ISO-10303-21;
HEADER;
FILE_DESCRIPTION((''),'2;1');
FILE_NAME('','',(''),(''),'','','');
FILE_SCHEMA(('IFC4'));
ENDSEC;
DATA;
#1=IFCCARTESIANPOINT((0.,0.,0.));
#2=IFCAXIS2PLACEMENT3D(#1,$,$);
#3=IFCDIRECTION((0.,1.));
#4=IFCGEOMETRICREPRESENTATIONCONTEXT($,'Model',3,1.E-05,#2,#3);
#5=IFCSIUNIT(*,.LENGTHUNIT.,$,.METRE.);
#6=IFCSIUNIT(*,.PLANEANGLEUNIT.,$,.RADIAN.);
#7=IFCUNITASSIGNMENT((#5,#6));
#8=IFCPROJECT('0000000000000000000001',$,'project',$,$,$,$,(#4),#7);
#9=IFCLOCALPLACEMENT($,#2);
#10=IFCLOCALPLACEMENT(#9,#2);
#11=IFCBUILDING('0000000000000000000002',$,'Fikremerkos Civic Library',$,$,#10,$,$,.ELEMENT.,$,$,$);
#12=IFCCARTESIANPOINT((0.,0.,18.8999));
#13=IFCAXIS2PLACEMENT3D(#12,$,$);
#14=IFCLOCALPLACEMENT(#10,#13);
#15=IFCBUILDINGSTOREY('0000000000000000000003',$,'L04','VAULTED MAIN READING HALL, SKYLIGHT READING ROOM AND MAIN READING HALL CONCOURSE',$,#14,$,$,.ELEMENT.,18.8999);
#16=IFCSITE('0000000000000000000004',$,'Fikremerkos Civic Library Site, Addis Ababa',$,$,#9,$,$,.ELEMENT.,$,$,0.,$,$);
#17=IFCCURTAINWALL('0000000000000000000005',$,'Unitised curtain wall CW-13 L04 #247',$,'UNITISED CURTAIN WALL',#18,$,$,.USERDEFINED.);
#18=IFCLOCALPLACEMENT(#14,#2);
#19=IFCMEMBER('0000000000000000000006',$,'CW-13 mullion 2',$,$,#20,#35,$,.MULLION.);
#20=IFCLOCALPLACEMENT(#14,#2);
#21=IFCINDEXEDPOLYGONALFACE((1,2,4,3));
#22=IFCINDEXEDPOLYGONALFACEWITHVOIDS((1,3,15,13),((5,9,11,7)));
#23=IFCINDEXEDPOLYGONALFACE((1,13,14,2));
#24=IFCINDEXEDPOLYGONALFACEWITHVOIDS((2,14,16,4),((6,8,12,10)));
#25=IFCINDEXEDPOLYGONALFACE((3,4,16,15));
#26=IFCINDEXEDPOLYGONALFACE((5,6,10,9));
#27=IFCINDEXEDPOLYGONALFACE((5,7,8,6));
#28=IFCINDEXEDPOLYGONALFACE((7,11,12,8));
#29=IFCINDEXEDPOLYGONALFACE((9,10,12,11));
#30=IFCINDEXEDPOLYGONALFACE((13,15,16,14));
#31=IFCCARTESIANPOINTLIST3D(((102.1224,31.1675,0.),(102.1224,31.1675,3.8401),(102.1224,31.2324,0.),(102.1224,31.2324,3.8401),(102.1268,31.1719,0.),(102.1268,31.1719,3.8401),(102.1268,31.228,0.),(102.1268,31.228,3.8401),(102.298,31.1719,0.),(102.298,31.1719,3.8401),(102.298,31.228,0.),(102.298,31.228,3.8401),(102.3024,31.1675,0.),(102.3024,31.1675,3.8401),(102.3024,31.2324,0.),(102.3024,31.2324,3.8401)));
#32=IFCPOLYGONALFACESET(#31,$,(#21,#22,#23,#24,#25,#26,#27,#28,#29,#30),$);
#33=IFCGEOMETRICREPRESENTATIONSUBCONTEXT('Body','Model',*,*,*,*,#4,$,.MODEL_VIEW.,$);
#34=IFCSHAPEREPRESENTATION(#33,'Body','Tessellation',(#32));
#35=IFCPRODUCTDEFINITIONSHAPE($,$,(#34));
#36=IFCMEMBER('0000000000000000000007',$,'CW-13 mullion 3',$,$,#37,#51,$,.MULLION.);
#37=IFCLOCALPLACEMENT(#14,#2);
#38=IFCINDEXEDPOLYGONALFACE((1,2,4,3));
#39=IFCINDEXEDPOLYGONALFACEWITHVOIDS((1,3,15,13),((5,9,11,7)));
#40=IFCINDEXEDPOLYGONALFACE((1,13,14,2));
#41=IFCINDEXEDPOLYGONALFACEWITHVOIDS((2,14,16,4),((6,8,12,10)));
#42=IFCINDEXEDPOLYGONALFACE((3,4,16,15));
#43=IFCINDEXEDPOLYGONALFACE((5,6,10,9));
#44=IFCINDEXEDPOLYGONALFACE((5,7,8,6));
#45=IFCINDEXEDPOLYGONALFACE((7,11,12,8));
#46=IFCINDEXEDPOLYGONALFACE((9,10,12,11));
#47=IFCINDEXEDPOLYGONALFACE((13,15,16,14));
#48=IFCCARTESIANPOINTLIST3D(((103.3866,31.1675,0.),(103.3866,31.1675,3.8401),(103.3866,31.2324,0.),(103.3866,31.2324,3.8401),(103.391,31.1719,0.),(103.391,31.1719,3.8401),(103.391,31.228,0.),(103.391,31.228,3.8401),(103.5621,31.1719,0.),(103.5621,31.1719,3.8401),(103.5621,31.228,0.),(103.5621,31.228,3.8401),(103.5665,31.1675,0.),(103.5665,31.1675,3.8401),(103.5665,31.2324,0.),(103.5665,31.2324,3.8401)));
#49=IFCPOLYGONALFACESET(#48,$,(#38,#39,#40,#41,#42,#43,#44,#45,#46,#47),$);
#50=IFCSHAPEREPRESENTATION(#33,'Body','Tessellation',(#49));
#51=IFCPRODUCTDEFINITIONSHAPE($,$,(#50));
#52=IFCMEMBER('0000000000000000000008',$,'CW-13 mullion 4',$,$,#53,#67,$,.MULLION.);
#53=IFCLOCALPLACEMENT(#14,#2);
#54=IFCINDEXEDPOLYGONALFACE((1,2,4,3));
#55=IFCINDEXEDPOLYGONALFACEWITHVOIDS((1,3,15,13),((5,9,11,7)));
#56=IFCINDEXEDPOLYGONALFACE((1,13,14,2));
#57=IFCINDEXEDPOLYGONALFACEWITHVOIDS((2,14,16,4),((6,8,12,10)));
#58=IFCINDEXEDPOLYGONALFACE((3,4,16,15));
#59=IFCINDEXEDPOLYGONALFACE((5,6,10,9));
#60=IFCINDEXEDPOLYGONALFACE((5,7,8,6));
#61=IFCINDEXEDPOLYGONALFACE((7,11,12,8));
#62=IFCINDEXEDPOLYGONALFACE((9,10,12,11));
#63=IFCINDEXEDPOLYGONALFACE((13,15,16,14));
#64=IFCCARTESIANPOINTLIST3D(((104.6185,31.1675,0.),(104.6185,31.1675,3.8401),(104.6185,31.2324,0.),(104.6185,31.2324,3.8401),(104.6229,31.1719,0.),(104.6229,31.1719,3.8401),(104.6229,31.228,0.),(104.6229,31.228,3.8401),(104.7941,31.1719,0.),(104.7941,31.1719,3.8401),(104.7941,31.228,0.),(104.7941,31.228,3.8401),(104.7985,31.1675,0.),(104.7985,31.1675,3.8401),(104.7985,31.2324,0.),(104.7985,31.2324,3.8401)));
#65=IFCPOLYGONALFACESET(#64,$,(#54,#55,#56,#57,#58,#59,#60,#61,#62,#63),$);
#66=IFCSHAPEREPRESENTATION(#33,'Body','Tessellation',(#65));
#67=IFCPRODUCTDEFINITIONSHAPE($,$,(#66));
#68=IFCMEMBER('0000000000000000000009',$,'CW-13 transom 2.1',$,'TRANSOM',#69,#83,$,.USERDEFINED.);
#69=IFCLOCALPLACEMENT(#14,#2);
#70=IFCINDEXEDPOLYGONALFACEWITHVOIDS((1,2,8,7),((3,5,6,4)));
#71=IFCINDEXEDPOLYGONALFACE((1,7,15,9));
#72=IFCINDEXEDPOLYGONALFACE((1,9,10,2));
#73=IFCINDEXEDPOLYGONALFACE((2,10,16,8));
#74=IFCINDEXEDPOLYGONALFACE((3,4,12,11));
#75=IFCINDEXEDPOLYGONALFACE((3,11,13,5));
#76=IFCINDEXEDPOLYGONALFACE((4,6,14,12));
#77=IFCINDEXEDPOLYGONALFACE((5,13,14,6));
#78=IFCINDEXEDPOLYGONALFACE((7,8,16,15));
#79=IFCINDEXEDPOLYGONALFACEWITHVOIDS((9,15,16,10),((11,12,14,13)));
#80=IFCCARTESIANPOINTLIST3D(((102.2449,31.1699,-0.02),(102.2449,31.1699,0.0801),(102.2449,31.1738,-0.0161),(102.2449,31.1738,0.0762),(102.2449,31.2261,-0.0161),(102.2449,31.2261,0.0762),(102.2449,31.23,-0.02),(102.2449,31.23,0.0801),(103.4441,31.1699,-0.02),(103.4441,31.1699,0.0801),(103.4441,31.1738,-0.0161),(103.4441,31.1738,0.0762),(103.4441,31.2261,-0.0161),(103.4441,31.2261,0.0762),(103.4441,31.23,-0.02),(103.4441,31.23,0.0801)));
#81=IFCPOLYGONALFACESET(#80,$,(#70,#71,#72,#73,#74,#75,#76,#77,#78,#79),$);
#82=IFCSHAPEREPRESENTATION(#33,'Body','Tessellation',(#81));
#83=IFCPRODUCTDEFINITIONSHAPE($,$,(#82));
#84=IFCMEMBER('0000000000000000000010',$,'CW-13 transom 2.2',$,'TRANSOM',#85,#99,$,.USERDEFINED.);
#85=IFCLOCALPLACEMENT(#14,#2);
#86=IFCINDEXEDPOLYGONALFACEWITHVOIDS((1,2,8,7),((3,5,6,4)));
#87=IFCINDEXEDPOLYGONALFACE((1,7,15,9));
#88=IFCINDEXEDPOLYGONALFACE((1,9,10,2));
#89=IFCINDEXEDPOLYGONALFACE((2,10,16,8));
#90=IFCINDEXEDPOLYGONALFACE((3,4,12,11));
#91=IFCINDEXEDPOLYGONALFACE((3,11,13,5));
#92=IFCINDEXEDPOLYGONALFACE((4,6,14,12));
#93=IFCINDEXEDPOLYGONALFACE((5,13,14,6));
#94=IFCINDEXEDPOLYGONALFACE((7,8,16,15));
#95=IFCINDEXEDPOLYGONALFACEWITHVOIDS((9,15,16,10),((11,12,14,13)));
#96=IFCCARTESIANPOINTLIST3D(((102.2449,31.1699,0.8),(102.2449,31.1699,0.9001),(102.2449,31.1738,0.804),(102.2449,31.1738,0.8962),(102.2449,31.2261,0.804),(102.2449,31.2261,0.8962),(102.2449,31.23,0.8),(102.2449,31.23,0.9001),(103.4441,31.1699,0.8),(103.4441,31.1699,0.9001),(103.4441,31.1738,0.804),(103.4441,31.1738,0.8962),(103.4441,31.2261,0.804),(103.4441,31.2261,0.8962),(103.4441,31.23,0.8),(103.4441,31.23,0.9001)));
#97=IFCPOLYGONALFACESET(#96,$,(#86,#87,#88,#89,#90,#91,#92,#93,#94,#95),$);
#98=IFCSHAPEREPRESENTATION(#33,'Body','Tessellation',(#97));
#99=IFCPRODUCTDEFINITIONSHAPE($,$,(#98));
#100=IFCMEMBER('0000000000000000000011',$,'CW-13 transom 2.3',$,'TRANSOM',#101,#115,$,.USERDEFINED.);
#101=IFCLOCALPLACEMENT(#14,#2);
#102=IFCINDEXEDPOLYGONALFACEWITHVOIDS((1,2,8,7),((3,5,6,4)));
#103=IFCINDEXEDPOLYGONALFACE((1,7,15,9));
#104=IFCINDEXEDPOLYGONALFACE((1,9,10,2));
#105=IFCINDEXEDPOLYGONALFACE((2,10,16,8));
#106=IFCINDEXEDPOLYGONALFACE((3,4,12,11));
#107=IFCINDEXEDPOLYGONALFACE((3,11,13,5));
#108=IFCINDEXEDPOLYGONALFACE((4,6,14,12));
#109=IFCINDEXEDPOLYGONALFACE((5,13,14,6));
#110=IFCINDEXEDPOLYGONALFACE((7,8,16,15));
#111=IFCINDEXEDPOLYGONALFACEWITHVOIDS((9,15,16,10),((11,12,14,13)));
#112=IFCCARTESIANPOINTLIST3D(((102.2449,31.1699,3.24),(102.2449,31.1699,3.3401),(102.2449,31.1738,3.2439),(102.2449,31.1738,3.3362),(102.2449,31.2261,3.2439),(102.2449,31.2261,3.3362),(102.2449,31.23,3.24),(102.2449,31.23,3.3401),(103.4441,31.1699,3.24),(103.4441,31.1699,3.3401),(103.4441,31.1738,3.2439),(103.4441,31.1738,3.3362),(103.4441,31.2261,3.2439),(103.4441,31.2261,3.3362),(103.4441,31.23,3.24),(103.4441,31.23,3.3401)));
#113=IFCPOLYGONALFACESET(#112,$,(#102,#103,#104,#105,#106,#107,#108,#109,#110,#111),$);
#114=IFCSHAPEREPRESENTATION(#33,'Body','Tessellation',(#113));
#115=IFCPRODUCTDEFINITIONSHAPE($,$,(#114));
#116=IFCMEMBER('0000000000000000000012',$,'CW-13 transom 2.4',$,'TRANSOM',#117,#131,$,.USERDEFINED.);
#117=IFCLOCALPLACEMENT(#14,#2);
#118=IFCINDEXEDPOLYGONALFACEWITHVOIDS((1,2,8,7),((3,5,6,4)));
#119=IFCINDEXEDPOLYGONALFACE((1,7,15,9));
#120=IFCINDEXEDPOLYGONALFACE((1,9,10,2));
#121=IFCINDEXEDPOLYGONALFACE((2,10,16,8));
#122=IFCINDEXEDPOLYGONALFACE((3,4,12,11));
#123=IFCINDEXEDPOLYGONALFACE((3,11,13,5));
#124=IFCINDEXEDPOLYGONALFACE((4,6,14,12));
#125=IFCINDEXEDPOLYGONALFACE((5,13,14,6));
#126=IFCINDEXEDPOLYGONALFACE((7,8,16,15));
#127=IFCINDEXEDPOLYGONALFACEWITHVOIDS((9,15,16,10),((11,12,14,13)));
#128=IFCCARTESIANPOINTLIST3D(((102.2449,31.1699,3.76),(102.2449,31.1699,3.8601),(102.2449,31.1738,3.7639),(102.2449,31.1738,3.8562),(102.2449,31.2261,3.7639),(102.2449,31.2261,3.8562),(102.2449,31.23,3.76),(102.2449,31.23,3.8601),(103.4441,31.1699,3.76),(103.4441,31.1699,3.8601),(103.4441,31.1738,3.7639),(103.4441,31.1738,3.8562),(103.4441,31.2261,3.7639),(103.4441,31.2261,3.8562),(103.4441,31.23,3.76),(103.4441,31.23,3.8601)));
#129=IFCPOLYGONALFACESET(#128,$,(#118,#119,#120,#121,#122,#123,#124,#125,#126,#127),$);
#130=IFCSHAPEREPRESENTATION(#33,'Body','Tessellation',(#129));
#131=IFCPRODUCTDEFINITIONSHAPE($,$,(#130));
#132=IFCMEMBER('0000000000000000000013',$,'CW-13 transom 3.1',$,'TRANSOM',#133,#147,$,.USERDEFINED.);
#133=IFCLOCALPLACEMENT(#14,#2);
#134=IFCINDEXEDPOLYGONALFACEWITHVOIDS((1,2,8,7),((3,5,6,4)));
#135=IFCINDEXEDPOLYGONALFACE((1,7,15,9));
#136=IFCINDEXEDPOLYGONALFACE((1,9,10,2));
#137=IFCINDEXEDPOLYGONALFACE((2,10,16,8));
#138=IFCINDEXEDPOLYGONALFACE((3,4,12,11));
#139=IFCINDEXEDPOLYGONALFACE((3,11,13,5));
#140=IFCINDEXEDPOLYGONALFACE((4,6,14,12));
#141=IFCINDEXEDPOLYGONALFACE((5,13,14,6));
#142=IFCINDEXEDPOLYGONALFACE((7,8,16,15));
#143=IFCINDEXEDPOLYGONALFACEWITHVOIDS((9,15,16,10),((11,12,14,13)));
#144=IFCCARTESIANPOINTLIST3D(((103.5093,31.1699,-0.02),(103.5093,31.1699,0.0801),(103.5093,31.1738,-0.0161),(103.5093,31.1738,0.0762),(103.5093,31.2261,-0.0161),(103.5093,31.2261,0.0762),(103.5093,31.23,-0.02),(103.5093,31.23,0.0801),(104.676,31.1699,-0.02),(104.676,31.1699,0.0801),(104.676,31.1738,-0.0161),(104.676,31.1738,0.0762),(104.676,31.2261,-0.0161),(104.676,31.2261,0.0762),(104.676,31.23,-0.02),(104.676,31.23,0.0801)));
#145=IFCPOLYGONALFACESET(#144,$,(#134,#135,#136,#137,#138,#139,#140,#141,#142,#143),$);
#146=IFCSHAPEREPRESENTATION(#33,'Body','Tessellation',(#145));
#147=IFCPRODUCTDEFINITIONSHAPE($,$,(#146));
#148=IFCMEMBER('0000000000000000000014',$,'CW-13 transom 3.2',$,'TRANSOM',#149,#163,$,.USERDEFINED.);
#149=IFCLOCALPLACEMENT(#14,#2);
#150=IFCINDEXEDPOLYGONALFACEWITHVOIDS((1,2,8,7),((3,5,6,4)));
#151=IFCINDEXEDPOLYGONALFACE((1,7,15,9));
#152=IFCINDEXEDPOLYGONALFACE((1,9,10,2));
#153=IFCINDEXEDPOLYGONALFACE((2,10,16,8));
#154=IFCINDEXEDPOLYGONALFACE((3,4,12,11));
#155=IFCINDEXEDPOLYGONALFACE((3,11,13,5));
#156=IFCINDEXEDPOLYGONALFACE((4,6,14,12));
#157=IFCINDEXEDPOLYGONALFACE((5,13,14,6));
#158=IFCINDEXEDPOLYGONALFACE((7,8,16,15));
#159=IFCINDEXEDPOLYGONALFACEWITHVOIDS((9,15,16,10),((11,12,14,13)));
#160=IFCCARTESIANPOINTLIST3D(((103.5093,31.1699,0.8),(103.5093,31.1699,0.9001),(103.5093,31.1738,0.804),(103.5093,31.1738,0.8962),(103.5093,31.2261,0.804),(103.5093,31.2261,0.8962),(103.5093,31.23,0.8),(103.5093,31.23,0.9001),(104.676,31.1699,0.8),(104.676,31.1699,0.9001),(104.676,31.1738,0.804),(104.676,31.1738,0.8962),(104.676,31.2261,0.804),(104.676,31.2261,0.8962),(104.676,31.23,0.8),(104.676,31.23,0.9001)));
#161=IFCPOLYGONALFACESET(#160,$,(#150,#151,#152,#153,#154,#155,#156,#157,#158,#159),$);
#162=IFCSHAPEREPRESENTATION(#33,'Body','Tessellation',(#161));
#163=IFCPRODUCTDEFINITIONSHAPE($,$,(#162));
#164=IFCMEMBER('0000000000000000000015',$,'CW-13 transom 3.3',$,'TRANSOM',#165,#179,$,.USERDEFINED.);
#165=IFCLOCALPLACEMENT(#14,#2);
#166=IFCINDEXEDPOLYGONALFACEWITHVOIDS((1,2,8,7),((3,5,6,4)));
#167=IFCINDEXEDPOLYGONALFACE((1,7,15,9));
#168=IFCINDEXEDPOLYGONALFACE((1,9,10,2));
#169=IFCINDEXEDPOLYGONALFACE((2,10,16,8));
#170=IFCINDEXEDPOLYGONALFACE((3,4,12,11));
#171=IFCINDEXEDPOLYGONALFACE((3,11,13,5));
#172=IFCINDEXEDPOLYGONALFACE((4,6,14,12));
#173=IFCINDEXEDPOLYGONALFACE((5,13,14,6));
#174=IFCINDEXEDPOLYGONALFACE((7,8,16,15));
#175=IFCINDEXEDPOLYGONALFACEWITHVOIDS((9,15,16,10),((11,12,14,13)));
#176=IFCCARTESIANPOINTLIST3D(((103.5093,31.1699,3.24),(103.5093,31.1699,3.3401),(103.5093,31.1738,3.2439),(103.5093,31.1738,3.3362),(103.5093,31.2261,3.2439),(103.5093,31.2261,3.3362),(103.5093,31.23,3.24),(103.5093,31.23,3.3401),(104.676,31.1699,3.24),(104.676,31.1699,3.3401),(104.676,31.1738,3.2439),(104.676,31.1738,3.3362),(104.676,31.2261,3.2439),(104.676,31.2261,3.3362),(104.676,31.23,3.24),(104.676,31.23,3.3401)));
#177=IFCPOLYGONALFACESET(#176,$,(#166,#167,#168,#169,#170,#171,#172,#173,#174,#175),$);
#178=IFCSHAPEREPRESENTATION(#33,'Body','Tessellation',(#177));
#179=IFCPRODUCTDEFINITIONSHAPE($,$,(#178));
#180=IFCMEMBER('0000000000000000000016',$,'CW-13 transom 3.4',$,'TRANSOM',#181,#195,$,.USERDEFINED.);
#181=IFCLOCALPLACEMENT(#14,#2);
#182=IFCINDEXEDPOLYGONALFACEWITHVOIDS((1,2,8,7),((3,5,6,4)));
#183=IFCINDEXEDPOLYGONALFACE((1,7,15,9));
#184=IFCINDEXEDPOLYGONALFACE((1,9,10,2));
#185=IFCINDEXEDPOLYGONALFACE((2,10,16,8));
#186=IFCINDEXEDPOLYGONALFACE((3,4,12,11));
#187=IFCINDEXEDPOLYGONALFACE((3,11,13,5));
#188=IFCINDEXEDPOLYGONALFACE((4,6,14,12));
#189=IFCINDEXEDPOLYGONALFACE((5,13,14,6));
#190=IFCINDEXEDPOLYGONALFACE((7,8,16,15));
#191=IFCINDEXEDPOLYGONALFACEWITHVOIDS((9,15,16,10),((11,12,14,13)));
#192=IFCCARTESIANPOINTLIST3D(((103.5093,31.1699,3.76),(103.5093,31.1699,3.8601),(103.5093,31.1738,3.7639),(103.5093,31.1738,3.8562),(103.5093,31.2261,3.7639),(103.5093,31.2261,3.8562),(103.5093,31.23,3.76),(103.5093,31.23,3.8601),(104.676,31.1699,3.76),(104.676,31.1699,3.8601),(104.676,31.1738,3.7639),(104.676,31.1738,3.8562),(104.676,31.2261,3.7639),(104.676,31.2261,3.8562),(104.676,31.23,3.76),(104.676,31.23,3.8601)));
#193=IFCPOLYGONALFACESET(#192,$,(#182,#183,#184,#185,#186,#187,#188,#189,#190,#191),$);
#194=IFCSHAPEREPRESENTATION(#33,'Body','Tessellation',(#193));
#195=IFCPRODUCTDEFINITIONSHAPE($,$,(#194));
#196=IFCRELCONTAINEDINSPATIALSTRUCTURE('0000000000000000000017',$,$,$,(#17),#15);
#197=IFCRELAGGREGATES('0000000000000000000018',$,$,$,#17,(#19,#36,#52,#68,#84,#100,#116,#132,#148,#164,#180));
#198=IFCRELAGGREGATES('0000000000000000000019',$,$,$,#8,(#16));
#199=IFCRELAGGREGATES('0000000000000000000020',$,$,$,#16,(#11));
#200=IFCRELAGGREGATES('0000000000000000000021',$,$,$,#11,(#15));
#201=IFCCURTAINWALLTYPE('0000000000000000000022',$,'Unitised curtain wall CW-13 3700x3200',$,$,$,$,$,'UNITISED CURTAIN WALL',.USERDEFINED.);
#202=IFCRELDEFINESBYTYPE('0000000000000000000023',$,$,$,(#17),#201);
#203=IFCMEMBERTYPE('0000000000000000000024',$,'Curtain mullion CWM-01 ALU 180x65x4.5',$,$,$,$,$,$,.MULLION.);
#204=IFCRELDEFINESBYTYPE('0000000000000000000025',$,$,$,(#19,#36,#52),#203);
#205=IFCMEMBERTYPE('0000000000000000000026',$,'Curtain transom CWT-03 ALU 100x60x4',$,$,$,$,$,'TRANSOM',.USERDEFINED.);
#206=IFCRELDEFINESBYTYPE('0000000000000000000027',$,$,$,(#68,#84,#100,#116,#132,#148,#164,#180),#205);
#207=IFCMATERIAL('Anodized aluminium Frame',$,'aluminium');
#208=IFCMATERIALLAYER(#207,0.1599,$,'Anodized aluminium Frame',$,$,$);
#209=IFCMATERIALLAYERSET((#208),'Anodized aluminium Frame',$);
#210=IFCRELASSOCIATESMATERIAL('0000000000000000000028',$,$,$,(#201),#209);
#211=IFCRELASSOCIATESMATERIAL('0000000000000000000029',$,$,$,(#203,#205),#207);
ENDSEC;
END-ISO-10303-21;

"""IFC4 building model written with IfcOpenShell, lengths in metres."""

from ifc_helpers import new_model, si_unit, direction, frame, origin, origin_2d, place, context, subcontext, project, spatial, hollow_rectangle, extrude, material, layer, layer_set, material_profile, profile_set, type_object, element, aggregate, save


model = new_model("IFC4")

# Units and contexts
model_context = context("Model", 3, precision=1e-05, world=origin(), true_north=direction((0.0, 1.0)))
body_context = subcontext(model_context, "Body", "Model", "MODEL_VIEW")
ifc_project = project(units=[si_unit("LENGTHUNIT", "METRE"), si_unit("PLANEANGLEUNIT", "RADIAN")], contexts=[model_context])

# Site, building, storey
site_placement = place(None, origin())
site = spatial("IfcSite", under=ifc_project, at=site_placement, Name="Fikremerkos Civic Library Site, Addis Ababa", CompositionType="ELEMENT", RefElevation=0.0)
building_placement = place(site_placement, origin())
building = spatial("IfcBuilding", under=site, at=building_placement, Name="Fikremerkos Civic Library", CompositionType="ELEMENT")
storey_placement = place(building_placement, frame((0.0, 0.0, 18.8999)))
storey = spatial("IfcBuildingStorey", under=building, at=storey_placement, Name="L04", Description="VAULTED MAIN READING HALL, SKYLIGHT READING ROOM AND MAIN READING HALL CONCOURSE", CompositionType="ELEMENT", Elevation=18.8999)

# Curtain wall, members
ifc_material_1 = material(Name="Anodized aluminium Frame", Category="aluminium")
ifc_layer_1 = layer(ifc_material_1, 0.1599, Name="Anodized aluminium Frame")
ifc_layer_set_1 = layer_set([ifc_layer_1], Name="Anodized aluminium Frame")
curtain_wall_type = type_object("IfcCurtainWallType", Name="Unitised curtain wall CW-13 3700x3200", ElementType="UNITISED CURTAIN WALL", PredefinedType="USERDEFINED", material=ifc_layer_set_1)
curtain_wall_placement = place(storey_placement, origin())
curtain_wall = element("IfcCurtainWall", 1, at=curtain_wall_placement, inside=storey, type_object=curtain_wall_type, Name="Unitised curtain wall CW-13 L04 #247", ObjectType="UNITISED CURTAIN WALL", PredefinedType="USERDEFINED")
ifc_material_profile_1 = material_profile(ifc_material_1, hollow_rectangle(XDim=0.0649, YDim=0.1799, WallThickness=0.0044, at=origin_2d()), Name="ALU 180x65x4.5")
ifc_profile_set_1 = profile_set([ifc_material_profile_1], Name="Anodized aluminium Frame")
member_type_1 = type_object("IfcMemberType", Name="Curtain mullion CWM-01 ALU 180x65x4.5", PredefinedType="MULLION", material=ifc_profile_set_1)
member_1_placement = place(storey_placement, frame((102.2124, 31.2, 0.0), z_axis=(0.0, 0.0, 1.0), x_axis=(0.0, 1.0, 0.0)))
member_1 = element("IfcMember", 2, at=member_1_placement, type_object=member_type_1, Name="CW-13 mullion 2", PredefinedType="MULLION", context=body_context, shape_type="SweptSolid", body=[
    extrude(hollow_rectangle(XDim=0.0649, YDim=0.1799, WallThickness=0.0044, at=origin_2d()), origin(), (0.0, 0.0, 1.0), 3.8401),
])
member_2_placement = place(storey_placement, frame((103.4766, 31.2, 0.0), z_axis=(0.0, 0.0, 1.0), x_axis=(0.0, 1.0, 0.0)))
member_2 = element("IfcMember", 3, at=member_2_placement, type_object=member_type_1, Name="CW-13 mullion 3", PredefinedType="MULLION", context=body_context, shape_type="SweptSolid", body=[
    extrude(hollow_rectangle(XDim=0.0649, YDim=0.1799, WallThickness=0.0044, at=origin_2d()), origin(), (0.0, 0.0, 1.0), 3.8401),
])
member_3_placement = place(storey_placement, frame((104.7085, 31.2, 0.0), z_axis=(0.0, 0.0, 1.0), x_axis=(0.0, 1.0, 0.0)))
member_3 = element("IfcMember", 4, at=member_3_placement, type_object=member_type_1, Name="CW-13 mullion 4", PredefinedType="MULLION", context=body_context, shape_type="SweptSolid", body=[
    extrude(hollow_rectangle(XDim=0.0649, YDim=0.1799, WallThickness=0.0044, at=origin_2d()), origin(), (0.0, 0.0, 1.0), 3.8401),
])
ifc_material_profile_2 = material_profile(ifc_material_1, hollow_rectangle(XDim=0.0601, YDim=0.1001, WallThickness=0.0039, at=origin_2d()), Name="ALU 100x60x4")
ifc_profile_set_2 = profile_set([ifc_material_profile_2], Name="Anodized aluminium Frame")
member_type_2 = type_object("IfcMemberType", Name="Curtain transom CWT-03 ALU 100x60x4", ElementType="TRANSOM", PredefinedType="USERDEFINED", material=ifc_profile_set_2)
member_4_placement = place(storey_placement, frame((102.2449, 31.2, 0.03), z_axis=(1.0, 0.0, 0.0), x_axis=(0.0, 1.0, 0.0)))
member_4 = element("IfcMember", 5, at=member_4_placement, type_object=member_type_2, Name="CW-13 transom 2.1", ObjectType="TRANSOM", PredefinedType="USERDEFINED", context=body_context, shape_type="SweptSolid", body=[
    extrude(hollow_rectangle(XDim=0.0601, YDim=0.1001, WallThickness=0.0039, at=origin_2d()), origin(), (0.0, 0.0, 1.0), 1.1992),
])
member_5_placement = place(storey_placement, frame((102.2449, 31.2, 0.8501), z_axis=(1.0, 0.0, 0.0), x_axis=(0.0, 1.0, 0.0)))
member_5 = element("IfcMember", 6, at=member_5_placement, type_object=member_type_2, Name="CW-13 transom 2.2", ObjectType="TRANSOM", PredefinedType="USERDEFINED", context=body_context, shape_type="SweptSolid", body=[
    extrude(hollow_rectangle(XDim=0.0601, YDim=0.1001, WallThickness=0.0039, at=origin_2d()), origin(), (0.0, 0.0, 1.0), 1.1992),
])
member_6_placement = place(storey_placement, frame((102.2449, 31.2, 3.29), z_axis=(1.0, 0.0, 0.0), x_axis=(0.0, 1.0, 0.0)))
member_6 = element("IfcMember", 7, at=member_6_placement, type_object=member_type_2, Name="CW-13 transom 2.3", ObjectType="TRANSOM", PredefinedType="USERDEFINED", context=body_context, shape_type="SweptSolid", body=[
    extrude(hollow_rectangle(XDim=0.0601, YDim=0.1001, WallThickness=0.0039, at=origin_2d()), origin(), (0.0, 0.0, 1.0), 1.1992),
])
member_7_placement = place(storey_placement, frame((102.2449, 31.2, 3.8101), z_axis=(1.0, 0.0, 0.0), x_axis=(0.0, 1.0, 0.0)))
member_7 = element("IfcMember", 8, at=member_7_placement, type_object=member_type_2, Name="CW-13 transom 2.4", ObjectType="TRANSOM", PredefinedType="USERDEFINED", context=body_context, shape_type="SweptSolid", body=[
    extrude(hollow_rectangle(XDim=0.0601, YDim=0.1001, WallThickness=0.0039, at=origin_2d()), origin(), (0.0, 0.0, 1.0), 1.1992),
])
member_8_placement = place(storey_placement, frame((103.5093, 31.2, 0.03), z_axis=(1.0, 0.0, 0.0), x_axis=(0.0, 1.0, 0.0)))
member_8 = element("IfcMember", 9, at=member_8_placement, type_object=member_type_2, Name="CW-13 transom 3.1", ObjectType="TRANSOM", PredefinedType="USERDEFINED", context=body_context, shape_type="SweptSolid", body=[
    extrude(hollow_rectangle(XDim=0.0601, YDim=0.1001, WallThickness=0.0039, at=origin_2d()), origin(), (0.0, 0.0, 1.0), 1.1667),
])
member_9_placement = place(storey_placement, frame((103.5093, 31.2, 0.8501), z_axis=(1.0, 0.0, 0.0), x_axis=(0.0, 1.0, 0.0)))
member_9 = element("IfcMember", 10, at=member_9_placement, type_object=member_type_2, Name="CW-13 transom 3.2", ObjectType="TRANSOM", PredefinedType="USERDEFINED", context=body_context, shape_type="SweptSolid", body=[
    extrude(hollow_rectangle(XDim=0.0601, YDim=0.1001, WallThickness=0.0039, at=origin_2d()), origin(), (0.0, 0.0, 1.0), 1.1667),
])
member_10_placement = place(storey_placement, frame((103.5093, 31.2, 3.29), z_axis=(1.0, 0.0, 0.0), x_axis=(0.0, 1.0, 0.0)))
member_10 = element("IfcMember", 11, at=member_10_placement, type_object=member_type_2, Name="CW-13 transom 3.3", ObjectType="TRANSOM", PredefinedType="USERDEFINED", context=body_context, shape_type="SweptSolid", body=[
    extrude(hollow_rectangle(XDim=0.0601, YDim=0.1001, WallThickness=0.0039, at=origin_2d()), origin(), (0.0, 0.0, 1.0), 1.1667),
])
member_11_placement = place(storey_placement, frame((103.5093, 31.2, 3.8101), z_axis=(1.0, 0.0, 0.0), x_axis=(0.0, 1.0, 0.0)))
member_11 = element("IfcMember", 12, at=member_11_placement, type_object=member_type_2, Name="CW-13 transom 3.4", ObjectType="TRANSOM", PredefinedType="USERDEFINED", context=body_context, shape_type="SweptSolid", body=[
    extrude(hollow_rectangle(XDim=0.0601, YDim=0.1001, WallThickness=0.0039, at=origin_2d()), origin(), (0.0, 0.0, 1.0), 1.1667),
])
aggregate(curtain_wall, [member_1, member_2, member_3, member_4, member_5, member_6, member_7, member_8, member_9, member_10, member_11])

save(model, "model.ifc")
